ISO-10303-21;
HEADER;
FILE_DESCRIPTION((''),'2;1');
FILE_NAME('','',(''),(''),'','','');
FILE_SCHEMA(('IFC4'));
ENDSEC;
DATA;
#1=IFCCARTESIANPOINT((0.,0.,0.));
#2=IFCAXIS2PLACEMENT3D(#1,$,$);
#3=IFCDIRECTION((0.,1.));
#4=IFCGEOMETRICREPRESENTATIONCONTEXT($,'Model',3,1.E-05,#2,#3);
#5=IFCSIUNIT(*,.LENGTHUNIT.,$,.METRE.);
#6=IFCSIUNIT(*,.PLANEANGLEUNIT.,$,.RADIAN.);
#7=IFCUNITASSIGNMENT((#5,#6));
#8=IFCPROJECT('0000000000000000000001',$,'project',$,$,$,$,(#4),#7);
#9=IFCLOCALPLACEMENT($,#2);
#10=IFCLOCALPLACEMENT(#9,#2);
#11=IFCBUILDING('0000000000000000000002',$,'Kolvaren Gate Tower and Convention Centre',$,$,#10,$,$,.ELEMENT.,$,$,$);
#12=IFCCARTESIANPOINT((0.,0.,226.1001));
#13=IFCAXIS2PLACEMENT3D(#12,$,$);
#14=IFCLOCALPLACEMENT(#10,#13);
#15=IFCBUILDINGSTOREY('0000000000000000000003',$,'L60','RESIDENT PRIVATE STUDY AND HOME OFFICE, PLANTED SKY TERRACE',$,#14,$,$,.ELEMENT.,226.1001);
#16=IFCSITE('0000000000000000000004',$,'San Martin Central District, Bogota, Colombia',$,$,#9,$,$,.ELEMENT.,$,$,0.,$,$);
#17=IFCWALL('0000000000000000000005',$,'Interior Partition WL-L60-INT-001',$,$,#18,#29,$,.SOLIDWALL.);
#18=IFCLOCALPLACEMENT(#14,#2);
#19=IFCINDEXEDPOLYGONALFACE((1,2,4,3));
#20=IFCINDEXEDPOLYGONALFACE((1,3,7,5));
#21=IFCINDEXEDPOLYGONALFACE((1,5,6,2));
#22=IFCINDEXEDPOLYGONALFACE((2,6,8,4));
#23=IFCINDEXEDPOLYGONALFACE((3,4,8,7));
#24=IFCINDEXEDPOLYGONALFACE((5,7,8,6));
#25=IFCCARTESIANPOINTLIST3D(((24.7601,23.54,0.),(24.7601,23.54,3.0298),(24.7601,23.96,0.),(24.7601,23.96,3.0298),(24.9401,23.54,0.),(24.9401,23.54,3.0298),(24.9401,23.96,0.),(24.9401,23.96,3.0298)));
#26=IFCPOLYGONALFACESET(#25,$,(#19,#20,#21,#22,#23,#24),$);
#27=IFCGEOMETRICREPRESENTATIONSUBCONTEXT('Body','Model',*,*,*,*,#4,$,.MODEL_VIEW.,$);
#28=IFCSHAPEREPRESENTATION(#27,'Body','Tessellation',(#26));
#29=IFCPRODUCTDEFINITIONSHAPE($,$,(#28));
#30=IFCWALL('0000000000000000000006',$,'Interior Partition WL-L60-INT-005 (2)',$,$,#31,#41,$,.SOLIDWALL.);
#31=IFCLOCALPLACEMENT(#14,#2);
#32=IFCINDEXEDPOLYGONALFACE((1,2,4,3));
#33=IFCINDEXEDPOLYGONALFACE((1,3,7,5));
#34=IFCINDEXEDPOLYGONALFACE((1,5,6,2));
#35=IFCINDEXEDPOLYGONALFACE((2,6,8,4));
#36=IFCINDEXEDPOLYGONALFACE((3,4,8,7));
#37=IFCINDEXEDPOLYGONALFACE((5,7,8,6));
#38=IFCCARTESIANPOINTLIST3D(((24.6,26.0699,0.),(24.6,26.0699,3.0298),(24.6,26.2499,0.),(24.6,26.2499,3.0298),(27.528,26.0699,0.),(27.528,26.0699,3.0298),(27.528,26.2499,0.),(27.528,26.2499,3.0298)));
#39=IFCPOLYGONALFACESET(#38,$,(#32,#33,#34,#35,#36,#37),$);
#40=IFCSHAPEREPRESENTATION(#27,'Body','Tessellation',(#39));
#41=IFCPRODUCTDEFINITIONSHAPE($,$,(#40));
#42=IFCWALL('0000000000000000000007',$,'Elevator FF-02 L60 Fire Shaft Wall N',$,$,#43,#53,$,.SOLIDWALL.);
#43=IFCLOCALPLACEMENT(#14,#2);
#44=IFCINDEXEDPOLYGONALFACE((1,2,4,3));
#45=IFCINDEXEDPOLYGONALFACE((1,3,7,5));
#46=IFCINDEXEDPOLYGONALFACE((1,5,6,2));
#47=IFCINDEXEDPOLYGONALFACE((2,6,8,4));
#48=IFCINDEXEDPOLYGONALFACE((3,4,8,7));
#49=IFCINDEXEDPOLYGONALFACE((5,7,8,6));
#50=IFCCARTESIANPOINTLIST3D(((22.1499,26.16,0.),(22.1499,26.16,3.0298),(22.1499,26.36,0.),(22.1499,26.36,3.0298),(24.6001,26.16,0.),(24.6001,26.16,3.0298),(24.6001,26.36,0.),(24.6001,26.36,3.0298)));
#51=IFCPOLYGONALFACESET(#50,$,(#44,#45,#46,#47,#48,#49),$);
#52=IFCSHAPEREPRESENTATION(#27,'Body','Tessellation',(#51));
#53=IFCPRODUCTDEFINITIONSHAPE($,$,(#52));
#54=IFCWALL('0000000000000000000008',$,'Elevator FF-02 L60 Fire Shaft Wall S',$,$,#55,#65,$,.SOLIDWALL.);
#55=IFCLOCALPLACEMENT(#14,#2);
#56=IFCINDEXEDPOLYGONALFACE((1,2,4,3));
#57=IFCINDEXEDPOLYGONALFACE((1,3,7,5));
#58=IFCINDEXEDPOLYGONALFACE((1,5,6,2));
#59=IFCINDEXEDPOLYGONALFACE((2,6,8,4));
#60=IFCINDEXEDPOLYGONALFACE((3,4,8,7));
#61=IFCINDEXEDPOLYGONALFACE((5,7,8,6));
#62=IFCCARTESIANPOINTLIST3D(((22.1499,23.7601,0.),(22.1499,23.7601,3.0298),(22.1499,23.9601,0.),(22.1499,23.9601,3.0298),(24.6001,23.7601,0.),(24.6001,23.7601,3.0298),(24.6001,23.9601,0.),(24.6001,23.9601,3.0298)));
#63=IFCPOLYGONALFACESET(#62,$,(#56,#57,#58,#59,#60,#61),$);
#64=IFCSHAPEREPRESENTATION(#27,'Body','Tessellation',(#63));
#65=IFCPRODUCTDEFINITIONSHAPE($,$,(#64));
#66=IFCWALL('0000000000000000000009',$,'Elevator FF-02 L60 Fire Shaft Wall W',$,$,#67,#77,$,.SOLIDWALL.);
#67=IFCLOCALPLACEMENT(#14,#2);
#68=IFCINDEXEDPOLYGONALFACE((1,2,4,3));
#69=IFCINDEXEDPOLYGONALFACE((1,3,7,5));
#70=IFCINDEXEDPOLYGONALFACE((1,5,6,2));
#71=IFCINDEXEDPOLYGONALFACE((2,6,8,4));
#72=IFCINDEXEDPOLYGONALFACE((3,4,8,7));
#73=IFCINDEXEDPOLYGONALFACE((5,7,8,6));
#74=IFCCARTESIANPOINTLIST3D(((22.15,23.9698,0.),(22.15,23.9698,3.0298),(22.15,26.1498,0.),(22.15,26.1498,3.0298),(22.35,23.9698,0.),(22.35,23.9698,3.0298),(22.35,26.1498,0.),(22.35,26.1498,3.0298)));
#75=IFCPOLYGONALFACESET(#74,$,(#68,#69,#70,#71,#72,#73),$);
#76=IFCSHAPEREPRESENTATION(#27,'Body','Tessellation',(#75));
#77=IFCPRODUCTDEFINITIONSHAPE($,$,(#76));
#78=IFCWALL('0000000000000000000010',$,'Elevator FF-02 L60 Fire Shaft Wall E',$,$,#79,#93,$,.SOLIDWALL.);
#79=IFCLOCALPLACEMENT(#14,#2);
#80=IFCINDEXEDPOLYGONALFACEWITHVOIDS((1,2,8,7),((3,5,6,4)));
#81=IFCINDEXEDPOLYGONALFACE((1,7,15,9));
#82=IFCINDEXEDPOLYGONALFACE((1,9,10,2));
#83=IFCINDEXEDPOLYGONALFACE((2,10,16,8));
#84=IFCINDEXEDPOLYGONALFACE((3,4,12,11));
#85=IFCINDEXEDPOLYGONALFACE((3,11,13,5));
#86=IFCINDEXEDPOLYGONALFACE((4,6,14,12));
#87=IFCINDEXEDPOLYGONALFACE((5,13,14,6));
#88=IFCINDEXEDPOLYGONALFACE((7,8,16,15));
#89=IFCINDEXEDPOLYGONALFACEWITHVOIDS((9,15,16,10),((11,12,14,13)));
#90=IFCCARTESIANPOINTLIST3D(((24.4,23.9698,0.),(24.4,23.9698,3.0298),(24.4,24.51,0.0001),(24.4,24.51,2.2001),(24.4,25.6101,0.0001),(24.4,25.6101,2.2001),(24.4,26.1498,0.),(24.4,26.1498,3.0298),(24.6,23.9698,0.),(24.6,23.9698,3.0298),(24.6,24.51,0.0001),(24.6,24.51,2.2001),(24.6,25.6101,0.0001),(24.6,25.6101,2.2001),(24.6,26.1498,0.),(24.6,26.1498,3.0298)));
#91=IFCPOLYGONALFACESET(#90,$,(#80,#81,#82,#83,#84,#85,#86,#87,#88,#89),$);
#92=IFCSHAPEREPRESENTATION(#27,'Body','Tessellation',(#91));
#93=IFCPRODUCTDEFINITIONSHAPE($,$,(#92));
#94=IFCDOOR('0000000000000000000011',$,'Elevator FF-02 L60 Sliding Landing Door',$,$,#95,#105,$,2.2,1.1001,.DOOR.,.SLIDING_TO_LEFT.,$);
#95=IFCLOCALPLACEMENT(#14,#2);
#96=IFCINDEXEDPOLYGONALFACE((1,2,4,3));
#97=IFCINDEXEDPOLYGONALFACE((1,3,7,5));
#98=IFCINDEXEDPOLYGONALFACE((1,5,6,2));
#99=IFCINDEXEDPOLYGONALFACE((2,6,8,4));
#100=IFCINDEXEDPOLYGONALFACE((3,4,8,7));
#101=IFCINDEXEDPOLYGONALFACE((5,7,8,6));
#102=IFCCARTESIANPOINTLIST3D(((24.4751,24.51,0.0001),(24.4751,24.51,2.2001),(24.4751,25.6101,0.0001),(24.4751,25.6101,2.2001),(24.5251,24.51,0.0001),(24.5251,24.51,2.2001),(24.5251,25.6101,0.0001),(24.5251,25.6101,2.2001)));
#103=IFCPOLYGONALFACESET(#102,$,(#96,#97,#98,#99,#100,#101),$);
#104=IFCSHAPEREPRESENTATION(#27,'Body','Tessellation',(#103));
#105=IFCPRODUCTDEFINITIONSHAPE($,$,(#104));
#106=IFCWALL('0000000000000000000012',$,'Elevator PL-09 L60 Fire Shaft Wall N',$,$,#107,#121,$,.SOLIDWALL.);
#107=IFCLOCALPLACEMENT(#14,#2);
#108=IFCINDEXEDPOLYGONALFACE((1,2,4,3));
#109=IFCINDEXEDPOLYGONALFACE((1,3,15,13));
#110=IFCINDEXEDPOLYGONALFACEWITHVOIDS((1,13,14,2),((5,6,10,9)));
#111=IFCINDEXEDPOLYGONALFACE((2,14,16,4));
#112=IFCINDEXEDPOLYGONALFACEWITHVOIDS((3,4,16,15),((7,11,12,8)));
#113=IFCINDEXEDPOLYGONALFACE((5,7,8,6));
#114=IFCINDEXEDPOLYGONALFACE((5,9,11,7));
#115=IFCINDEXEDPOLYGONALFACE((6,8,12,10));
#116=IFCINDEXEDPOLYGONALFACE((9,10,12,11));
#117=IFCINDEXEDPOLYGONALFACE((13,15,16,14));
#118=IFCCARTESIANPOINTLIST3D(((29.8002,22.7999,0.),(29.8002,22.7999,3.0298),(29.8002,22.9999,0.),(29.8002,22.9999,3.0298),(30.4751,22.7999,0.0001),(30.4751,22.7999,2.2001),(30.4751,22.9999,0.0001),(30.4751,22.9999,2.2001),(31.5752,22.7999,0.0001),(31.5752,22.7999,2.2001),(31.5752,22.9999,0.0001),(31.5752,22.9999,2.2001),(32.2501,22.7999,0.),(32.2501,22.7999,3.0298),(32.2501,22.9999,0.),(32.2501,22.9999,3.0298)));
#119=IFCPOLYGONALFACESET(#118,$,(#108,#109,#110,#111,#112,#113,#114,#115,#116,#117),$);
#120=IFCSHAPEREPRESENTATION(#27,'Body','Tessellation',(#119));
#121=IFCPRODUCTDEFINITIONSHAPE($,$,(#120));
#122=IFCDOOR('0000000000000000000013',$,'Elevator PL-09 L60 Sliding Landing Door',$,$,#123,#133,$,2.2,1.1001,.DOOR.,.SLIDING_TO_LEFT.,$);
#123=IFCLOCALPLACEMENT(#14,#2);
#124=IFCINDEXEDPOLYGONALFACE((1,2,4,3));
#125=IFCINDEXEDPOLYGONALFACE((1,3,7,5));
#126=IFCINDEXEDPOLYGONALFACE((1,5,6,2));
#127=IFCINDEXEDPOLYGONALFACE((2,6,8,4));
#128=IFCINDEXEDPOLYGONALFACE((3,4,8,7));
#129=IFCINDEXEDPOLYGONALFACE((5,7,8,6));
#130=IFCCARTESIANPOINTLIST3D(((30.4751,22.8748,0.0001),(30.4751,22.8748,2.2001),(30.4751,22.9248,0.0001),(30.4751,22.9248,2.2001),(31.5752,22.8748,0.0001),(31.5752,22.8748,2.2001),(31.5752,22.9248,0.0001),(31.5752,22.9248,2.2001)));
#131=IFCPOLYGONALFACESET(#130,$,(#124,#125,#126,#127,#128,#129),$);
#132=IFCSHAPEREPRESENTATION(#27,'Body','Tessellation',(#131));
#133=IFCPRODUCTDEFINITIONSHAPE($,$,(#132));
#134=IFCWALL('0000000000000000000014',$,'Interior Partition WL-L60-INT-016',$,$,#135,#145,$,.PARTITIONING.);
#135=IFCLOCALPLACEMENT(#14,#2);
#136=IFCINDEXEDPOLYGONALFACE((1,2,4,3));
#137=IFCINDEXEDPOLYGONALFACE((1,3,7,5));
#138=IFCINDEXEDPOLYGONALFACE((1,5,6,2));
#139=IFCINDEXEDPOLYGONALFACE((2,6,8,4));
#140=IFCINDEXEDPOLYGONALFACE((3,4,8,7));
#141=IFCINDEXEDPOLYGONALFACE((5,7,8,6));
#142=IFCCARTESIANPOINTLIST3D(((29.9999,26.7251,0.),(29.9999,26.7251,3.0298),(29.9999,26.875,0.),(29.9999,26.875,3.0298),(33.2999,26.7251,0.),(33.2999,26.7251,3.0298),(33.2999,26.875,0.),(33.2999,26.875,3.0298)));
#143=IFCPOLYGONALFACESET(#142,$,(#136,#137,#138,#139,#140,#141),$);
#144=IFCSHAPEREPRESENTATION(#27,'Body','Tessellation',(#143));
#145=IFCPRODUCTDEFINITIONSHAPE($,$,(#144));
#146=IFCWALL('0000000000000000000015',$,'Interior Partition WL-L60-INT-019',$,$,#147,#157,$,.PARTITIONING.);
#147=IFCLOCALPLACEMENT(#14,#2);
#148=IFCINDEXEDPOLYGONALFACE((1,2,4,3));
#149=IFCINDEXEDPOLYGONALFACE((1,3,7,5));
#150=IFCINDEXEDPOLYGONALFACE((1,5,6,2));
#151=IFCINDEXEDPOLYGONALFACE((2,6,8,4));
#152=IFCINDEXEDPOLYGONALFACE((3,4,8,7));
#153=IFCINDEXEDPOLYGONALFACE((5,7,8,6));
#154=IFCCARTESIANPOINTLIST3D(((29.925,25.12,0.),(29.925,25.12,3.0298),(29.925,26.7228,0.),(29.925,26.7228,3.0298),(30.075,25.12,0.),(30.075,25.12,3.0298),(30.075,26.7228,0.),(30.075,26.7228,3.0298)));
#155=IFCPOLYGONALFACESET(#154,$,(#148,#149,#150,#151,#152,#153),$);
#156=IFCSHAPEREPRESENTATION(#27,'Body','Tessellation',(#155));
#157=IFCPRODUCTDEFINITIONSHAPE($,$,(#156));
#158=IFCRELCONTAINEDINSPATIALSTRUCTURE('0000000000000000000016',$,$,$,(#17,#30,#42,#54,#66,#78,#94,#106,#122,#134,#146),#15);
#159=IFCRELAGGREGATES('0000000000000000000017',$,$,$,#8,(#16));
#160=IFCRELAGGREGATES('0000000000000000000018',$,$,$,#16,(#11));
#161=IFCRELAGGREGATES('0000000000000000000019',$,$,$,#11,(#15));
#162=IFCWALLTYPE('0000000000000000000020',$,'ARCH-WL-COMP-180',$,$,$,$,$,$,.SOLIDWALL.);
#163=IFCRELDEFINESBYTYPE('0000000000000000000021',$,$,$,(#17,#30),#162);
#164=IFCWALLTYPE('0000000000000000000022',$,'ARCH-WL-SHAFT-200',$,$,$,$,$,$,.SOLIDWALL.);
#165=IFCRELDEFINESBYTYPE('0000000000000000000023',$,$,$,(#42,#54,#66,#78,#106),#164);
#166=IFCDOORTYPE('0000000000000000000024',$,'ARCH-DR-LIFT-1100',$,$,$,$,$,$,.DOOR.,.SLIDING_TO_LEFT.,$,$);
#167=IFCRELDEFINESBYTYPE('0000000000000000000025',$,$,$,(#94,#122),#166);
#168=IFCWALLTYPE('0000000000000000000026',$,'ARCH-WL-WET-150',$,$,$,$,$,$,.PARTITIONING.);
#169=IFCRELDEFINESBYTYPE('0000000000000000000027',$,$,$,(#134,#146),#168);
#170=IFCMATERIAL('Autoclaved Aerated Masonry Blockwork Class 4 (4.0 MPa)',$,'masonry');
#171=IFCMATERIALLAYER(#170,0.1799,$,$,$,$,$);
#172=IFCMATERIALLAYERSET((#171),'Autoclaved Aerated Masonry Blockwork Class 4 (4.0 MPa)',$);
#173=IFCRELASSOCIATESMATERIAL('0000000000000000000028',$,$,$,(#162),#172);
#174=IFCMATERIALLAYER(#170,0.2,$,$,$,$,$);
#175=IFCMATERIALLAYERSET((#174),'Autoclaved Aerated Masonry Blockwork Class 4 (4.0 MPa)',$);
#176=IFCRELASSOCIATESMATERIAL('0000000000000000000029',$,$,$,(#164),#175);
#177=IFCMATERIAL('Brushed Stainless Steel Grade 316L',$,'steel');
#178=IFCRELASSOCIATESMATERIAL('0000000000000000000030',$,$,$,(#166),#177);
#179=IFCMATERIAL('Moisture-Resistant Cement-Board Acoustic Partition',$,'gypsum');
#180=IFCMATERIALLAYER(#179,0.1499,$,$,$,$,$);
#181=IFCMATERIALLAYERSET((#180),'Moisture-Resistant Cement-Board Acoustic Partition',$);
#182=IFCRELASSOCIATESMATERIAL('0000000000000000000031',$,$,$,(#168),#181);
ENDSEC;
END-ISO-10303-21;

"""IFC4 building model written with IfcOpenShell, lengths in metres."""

from ifc_helpers import new_model, si_unit, direction, frame, frame_2d, origin, place, context, subcontext, project, spatial, rectangle, extrude, material, layer, layer_set, type_object, element, fill, save


model = new_model("IFC4")

# Units and contexts
model_context = context("Model", 3, precision=1e-05, world=origin(), true_north=direction((0.0, 1.0)))
body_context = subcontext(model_context, "Body", "Model", "MODEL_VIEW")
ifc_project = project(units=[si_unit("LENGTHUNIT", "METRE"), si_unit("PLANEANGLEUNIT", "RADIAN")], contexts=[model_context])

# Site, building, storey
site_placement = place(None, origin())
site = spatial("IfcSite", under=ifc_project, at=site_placement, Name="San Martin Central District, Bogota, Colombia", CompositionType="ELEMENT", RefElevation=0.0)
building_placement = place(site_placement, origin())
building = spatial("IfcBuilding", under=site, at=building_placement, Name="Kolvaren Gate Tower and Convention Centre", CompositionType="ELEMENT")
storey_placement = place(building_placement, frame((0.0, 0.0, 226.1001)))
storey = spatial("IfcBuildingStorey", under=building, at=storey_placement, Name="L60", Description="RESIDENT PRIVATE STUDY AND HOME OFFICE, PLANTED SKY TERRACE", CompositionType="ELEMENT", Elevation=226.1001)

# Walls
ifc_material_1 = material(Name="Autoclaved Aerated Masonry Blockwork Class 4 (4.0 MPa)", Category="masonry")
ifc_layer_1 = layer(ifc_material_1, 0.1799)
ifc_layer_set_1 = layer_set([ifc_layer_1], Name="Autoclaved Aerated Masonry Blockwork Class 4 (4.0 MPa)")
wall_type_1 = type_object("IfcWallType", Name="ARCH-WL-COMP-180", PredefinedType="SOLIDWALL", material=ifc_layer_set_1)
wall_1_placement = place(storey_placement, frame((24.8501, 23.54, 0.0), z_axis=(0.0, 0.0, 1.0), x_axis=(0.0, 1.0, 0.0)))
element("IfcWall", 1, at=wall_1_placement, inside=storey, type_object=wall_type_1, Name="Interior Partition WL-L60-INT-001", PredefinedType="SOLIDWALL", context=body_context, shape_type="SweptSolid", body=[
    extrude(rectangle(XDim=0.4199, YDim=0.1799, at=frame_2d((0.21, 0.0))), origin(), (0.0, 0.0, 1.0), 3.0298),
])
wall_2_placement = place(storey_placement, frame((24.6001, 26.1599, 0.0), z_axis=(0.0, 0.0, 1.0), x_axis=(1.0, 0.0, 0.0)))
element("IfcWall", 2, at=wall_2_placement, inside=storey, type_object=wall_type_1, Name="Interior Partition WL-L60-INT-005 (2)", PredefinedType="SOLIDWALL", context=body_context, shape_type="SweptSolid", body=[
    extrude(rectangle(XDim=2.928, YDim=0.1799, at=frame_2d((1.4639, 0.0))), origin(), (0.0, 0.0, 1.0), 3.0298),
])
ifc_layer_2 = layer(ifc_material_1, 0.2)
ifc_layer_set_2 = layer_set([ifc_layer_2], Name="Autoclaved Aerated Masonry Blockwork Class 4 (4.0 MPa)")
wall_type_2 = type_object("IfcWallType", Name="ARCH-WL-SHAFT-200", PredefinedType="SOLIDWALL", material=ifc_layer_set_2)
for number, where, z_axis, x_axis, name in (
    (3, (22.1499, 26.26, 0.0), (0.0, 0.0, 1.0), (1.0, 0.0, 0.0), "Elevator FF-02 L60 Fire Shaft Wall N"),
    (4, (22.1499, 23.8601, 0.0), (0.0, 0.0, 1.0), (1.0, 0.0, 0.0), "Elevator FF-02 L60 Fire Shaft Wall S"),
):
    element("IfcWall", number, at=place(storey_placement, frame(where, z_axis=z_axis, x_axis=x_axis)), inside=storey, type_object=wall_type_2, Name=name, PredefinedType="SOLIDWALL", context=body_context, shape_type="SweptSolid", body=[
        extrude(rectangle(XDim=2.4502, YDim=0.2, at=frame_2d((1.2251, 0.0))), origin(), (0.0, 0.0, 1.0), 3.0298),
    ])
wall_3_placement = place(storey_placement, frame((22.25, 23.97, 0.0), z_axis=(0.0, 0.0, 1.0), x_axis=(0.0, 1.0, 0.0)))
element("IfcWall", 5, at=wall_3_placement, inside=storey, type_object=wall_type_2, Name="Elevator FF-02 L60 Fire Shaft Wall W", PredefinedType="SOLIDWALL", context=body_context, shape_type="SweptSolid", body=[
    extrude(rectangle(XDim=2.1799, YDim=0.2, at=frame_2d((1.0898, 0.0))), origin(), (0.0, 0.0, 1.0), 3.0298),
])

# Walls, openings, doors
wall_4_placement = place(storey_placement, frame((24.5, 23.97, 0.0), z_axis=(0.0, 0.0, 1.0), x_axis=(0.0, 1.0, 0.0)))
wall_4 = element("IfcWall", 6, at=wall_4_placement, inside=storey, type_object=wall_type_2, Name="Elevator FF-02 L60 Fire Shaft Wall E", PredefinedType="SOLIDWALL", context=body_context, shape_type="SweptSolid", body=[
    extrude(rectangle(XDim=2.1799, YDim=0.2, at=frame_2d((1.0898, 0.0))), origin(), (0.0, 0.0, 1.0), 3.0298),
])
opening_1_placement = place(wall_4_placement, frame((0.54, 0.0, 0.0)))
opening_1 = element("IfcOpeningElement", 7, at=opening_1_placement, cuts=wall_4, PredefinedType="OPENING", context=body_context, shape_type="SweptSolid", body=[
    extrude(rectangle(XDim=1.1001, YDim=2.2, at=frame_2d((0.55, 1.1001))), frame((0.0, 0.1099, 0.0), z_axis=(0.0, -1.0, 0.0), x_axis=(1.0, 0.0, 0.0)), (0.0, 0.0, 1.0), 0.22),
])
ifc_material_2 = material(Name="Brushed Stainless Steel Grade 316L", Category="steel")
door_type_1 = type_object("IfcDoorType", Name="ARCH-DR-LIFT-1100", OperationType="SLIDING_TO_LEFT", PredefinedType="DOOR", material=ifc_material_2)
door_1_placement = place(opening_1_placement, origin())
door_1 = element("IfcDoor", 8, at=door_1_placement, inside=storey, type_object=door_type_1, Name="Elevator FF-02 L60 Sliding Landing Door", OperationType="SLIDING_TO_LEFT", OverallHeight=2.2, OverallWidth=1.1001, PredefinedType="DOOR", context=body_context, shape_type="SweptSolid", body=[
    extrude(rectangle(XDim=1.1001, YDim=2.2, at=frame_2d((0.55, 1.1001))), frame((0.0, 0.0249, 0.0), z_axis=(0.0, -1.0, 0.0), x_axis=(1.0, 0.0, 0.0)), (0.0, 0.0, 1.0), 0.05),
])
fill(opening_1, door_1)
wall_5_placement = place(storey_placement, frame((29.8, 22.8999, 0.0), z_axis=(0.0, 0.0, 1.0), x_axis=(1.0, 0.0, 0.0)))
wall_5 = element("IfcWall", 9, at=wall_5_placement, inside=storey, type_object=wall_type_2, Name="Elevator PL-09 L60 Fire Shaft Wall N", PredefinedType="SOLIDWALL", context=body_context, shape_type="SweptSolid", body=[
    extrude(rectangle(XDim=2.45, YDim=0.2, at=frame_2d((1.2251, 0.0))), origin(), (0.0, 0.0, 1.0), 3.0298),
])
opening_2_placement = place(wall_5_placement, frame((0.675, 0.0, 0.0)))
opening_2 = element("IfcOpeningElement", 10, at=opening_2_placement, cuts=wall_5, PredefinedType="OPENING", context=body_context, shape_type="SweptSolid", body=[
    extrude(rectangle(XDim=1.1001, YDim=2.2, at=frame_2d((0.55, 1.1001))), frame((0.0, 0.1099, 0.0), z_axis=(0.0, -1.0, 0.0), x_axis=(1.0, 0.0, 0.0)), (0.0, 0.0, 1.0), 0.22),
])
door_2_placement = place(opening_2_placement, origin())
door_2 = element("IfcDoor", 11, at=door_2_placement, inside=storey, type_object=door_type_1, Name="Elevator PL-09 L60 Sliding Landing Door", OperationType="SLIDING_TO_LEFT", OverallHeight=2.2, OverallWidth=1.1001, PredefinedType="DOOR", context=body_context, shape_type="SweptSolid", body=[
    extrude(rectangle(XDim=1.1001, YDim=2.2, at=frame_2d((0.55, 1.1001))), frame((0.0, 0.0249, 0.0), z_axis=(0.0, -1.0, 0.0), x_axis=(1.0, 0.0, 0.0)), (0.0, 0.0, 1.0), 0.05),
])
fill(opening_2, door_2)

# Walls
ifc_material_3 = material(Name="Moisture-Resistant Cement-Board Acoustic Partition", Category="gypsum")
ifc_layer_3 = layer(ifc_material_3, 0.1499)
ifc_layer_set_3 = layer_set([ifc_layer_3], Name="Moisture-Resistant Cement-Board Acoustic Partition")
wall_type_3 = type_object("IfcWallType", Name="ARCH-WL-WET-150", PredefinedType="PARTITIONING", material=ifc_layer_set_3)
wall_6_placement = place(storey_placement, frame((30.0, 26.8, 0.0), z_axis=(0.0, 0.0, 1.0), x_axis=(1.0, 0.0, 0.0)))
element("IfcWall", 12, at=wall_6_placement, inside=storey, type_object=wall_type_3, Name="Interior Partition WL-L60-INT-016", PredefinedType="PARTITIONING", context=body_context, shape_type="SweptSolid", body=[
    extrude(rectangle(XDim=3.3, YDim=0.1499, at=frame_2d((1.6499, 0.0))), origin(), (0.0, 0.0, 1.0), 3.0298),
])
wall_7_placement = place(storey_placement, frame((30.0, 25.1201, 0.0), z_axis=(0.0, 0.0, 1.0), x_axis=(0.0, 1.0, 0.0)))
element("IfcWall", 13, at=wall_7_placement, inside=storey, type_object=wall_type_3, Name="Interior Partition WL-L60-INT-019", PredefinedType="PARTITIONING", context=body_context, shape_type="SweptSolid", body=[
    extrude(rectangle(XDim=1.6028, YDim=0.1499, at=frame_2d((0.8013, 0.0))), origin(), (0.0, 0.0, 1.0), 3.0298),
])

save(model, "model.ifc")
